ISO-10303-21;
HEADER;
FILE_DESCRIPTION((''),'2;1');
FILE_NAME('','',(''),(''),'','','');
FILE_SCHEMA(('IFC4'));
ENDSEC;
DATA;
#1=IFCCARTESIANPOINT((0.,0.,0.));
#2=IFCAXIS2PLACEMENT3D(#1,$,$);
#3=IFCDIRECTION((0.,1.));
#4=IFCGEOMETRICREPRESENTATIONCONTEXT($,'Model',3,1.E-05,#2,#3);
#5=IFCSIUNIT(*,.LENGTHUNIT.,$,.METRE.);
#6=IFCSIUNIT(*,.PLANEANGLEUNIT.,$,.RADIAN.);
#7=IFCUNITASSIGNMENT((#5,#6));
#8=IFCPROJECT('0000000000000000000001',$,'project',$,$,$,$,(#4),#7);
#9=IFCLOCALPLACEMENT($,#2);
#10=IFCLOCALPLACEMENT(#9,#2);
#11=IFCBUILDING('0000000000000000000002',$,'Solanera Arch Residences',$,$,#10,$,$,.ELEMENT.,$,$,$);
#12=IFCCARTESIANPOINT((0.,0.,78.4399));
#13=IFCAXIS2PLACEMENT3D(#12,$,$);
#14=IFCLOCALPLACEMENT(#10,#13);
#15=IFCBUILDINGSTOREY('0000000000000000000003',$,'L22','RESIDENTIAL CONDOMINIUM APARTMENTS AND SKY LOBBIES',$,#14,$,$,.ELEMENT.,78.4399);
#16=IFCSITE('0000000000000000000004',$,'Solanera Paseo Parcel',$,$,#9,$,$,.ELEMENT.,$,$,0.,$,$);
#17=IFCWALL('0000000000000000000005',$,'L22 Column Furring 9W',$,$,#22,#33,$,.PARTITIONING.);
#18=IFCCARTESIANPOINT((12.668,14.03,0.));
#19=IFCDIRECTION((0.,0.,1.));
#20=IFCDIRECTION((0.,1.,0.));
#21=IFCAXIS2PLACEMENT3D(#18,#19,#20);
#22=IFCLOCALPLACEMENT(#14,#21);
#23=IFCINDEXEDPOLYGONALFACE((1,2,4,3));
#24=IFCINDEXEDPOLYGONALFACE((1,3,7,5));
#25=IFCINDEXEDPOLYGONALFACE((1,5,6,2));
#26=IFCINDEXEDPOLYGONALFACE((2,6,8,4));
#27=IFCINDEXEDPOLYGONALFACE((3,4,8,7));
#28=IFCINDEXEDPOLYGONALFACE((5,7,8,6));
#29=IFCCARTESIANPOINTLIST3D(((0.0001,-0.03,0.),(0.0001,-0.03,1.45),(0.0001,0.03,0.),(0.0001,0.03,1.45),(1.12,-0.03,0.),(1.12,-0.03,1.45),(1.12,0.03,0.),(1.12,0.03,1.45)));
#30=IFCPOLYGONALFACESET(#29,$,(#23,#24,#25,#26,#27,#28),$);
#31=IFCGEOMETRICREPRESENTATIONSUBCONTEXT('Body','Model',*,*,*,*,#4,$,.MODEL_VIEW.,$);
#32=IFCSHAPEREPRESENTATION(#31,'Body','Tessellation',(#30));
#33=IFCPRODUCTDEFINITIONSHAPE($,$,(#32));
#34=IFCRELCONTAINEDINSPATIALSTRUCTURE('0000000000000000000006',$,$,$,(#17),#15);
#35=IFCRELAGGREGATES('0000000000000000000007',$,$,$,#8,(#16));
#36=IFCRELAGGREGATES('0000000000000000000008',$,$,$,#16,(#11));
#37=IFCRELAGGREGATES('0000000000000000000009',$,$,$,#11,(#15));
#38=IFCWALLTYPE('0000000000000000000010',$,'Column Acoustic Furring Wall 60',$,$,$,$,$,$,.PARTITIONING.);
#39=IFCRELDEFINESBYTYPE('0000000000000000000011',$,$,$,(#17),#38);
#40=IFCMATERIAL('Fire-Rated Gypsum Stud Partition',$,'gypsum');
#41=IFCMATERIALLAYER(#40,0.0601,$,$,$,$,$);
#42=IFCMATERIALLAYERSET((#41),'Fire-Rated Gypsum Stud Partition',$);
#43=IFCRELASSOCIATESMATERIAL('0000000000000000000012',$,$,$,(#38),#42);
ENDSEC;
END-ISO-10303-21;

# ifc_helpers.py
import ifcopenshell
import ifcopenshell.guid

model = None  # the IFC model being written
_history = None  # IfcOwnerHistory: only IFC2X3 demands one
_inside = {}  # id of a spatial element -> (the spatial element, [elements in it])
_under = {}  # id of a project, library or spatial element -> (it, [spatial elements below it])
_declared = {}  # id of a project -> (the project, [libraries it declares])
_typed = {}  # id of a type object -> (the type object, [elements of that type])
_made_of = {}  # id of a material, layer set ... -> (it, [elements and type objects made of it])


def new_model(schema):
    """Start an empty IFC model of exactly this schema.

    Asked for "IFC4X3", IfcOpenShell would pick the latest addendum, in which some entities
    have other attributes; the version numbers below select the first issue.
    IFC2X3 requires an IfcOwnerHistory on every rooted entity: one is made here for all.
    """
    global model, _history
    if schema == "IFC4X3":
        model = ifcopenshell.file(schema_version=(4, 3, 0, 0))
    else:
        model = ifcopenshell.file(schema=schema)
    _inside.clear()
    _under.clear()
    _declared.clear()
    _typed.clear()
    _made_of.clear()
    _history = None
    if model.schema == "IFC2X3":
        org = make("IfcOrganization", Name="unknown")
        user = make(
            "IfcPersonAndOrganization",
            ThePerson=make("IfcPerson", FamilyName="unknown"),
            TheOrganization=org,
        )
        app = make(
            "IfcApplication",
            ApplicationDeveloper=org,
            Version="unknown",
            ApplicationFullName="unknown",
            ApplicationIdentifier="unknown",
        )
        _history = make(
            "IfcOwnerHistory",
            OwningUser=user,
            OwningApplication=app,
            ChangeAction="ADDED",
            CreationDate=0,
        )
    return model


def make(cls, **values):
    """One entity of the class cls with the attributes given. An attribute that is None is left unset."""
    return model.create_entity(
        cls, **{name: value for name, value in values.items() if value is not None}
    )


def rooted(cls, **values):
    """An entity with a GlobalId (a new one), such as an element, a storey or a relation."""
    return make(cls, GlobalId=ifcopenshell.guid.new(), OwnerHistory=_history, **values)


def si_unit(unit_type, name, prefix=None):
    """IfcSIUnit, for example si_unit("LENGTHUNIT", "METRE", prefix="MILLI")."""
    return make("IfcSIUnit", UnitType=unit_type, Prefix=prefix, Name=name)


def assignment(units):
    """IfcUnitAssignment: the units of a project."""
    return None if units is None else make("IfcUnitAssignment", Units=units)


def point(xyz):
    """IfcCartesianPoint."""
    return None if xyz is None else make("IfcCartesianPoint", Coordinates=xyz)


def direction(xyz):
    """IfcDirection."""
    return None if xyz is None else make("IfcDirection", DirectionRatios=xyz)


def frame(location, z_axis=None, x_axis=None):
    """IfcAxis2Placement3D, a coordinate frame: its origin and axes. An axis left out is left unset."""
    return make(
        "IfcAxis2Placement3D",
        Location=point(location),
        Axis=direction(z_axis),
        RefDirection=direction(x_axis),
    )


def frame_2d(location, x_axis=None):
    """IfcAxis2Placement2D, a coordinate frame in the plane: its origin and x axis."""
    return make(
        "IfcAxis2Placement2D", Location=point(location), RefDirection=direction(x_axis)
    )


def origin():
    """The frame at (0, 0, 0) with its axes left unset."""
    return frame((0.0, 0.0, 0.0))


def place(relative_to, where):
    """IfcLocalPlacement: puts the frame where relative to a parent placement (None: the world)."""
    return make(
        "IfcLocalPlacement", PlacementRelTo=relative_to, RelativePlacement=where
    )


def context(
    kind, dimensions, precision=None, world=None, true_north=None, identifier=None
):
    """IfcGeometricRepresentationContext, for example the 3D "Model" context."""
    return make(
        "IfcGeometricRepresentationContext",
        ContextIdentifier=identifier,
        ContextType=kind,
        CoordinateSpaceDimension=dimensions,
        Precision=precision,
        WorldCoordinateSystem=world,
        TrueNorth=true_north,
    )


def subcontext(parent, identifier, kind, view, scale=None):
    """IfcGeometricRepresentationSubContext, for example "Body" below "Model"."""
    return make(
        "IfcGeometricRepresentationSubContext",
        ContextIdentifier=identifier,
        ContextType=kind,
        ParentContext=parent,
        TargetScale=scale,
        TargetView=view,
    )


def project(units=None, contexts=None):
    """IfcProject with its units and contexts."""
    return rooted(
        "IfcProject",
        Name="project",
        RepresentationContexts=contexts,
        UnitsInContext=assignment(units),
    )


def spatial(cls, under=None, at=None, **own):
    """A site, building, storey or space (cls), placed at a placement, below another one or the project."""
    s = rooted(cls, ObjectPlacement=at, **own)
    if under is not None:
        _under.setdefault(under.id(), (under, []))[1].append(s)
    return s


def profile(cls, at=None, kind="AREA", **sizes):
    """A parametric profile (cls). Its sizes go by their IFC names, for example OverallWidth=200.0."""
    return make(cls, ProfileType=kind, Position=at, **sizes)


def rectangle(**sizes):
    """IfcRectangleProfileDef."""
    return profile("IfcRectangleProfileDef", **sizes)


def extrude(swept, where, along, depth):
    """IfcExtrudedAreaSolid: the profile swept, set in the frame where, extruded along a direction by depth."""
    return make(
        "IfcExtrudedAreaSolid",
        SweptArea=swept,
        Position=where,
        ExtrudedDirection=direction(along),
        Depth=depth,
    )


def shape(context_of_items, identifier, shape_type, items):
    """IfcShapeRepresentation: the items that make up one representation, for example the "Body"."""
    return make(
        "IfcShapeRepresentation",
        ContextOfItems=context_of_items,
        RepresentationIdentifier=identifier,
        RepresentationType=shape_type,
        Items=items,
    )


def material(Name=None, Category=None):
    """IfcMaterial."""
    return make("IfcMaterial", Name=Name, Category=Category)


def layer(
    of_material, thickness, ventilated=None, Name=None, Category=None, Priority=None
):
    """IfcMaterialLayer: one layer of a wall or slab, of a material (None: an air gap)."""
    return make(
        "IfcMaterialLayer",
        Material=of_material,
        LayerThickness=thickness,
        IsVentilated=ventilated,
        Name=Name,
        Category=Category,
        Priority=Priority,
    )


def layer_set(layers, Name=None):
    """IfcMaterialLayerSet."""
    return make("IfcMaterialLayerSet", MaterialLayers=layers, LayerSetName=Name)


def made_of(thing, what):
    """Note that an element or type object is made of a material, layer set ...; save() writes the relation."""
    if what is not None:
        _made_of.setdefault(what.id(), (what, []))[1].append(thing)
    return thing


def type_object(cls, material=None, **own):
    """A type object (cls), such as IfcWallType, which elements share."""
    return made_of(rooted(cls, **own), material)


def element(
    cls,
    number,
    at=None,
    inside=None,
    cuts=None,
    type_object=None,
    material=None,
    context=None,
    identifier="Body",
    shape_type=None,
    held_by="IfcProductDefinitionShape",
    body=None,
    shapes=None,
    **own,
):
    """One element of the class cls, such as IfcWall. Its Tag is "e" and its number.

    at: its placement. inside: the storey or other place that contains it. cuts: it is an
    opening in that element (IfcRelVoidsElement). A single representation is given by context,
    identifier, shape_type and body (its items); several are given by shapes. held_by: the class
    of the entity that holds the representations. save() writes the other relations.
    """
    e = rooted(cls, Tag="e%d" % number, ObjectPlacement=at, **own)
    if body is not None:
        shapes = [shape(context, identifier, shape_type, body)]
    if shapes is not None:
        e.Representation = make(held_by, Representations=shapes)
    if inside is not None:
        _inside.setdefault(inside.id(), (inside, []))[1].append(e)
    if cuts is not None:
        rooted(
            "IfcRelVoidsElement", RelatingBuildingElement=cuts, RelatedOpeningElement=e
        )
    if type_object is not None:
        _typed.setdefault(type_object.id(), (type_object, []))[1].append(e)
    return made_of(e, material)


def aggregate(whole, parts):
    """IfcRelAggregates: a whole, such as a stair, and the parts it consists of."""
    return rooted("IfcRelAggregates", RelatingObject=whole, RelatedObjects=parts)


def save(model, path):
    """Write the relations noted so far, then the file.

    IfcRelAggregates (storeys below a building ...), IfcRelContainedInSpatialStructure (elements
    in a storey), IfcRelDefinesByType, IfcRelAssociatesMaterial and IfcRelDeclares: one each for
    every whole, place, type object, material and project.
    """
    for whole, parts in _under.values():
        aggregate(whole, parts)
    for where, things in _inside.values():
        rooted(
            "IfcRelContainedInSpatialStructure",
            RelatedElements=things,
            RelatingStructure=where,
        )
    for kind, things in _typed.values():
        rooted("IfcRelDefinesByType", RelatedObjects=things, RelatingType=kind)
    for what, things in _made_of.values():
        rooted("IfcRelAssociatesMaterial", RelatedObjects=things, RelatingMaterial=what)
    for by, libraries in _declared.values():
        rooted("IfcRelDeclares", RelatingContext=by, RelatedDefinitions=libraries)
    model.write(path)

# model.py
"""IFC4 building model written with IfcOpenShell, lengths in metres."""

from ifc_helpers import new_model, si_unit, direction, frame, frame_2d, origin, place, context, subcontext, project, spatial, rectangle, extrude, material, layer, layer_set, type_object, element, save


model = new_model("IFC4")

# Units and contexts
model_context = context("Model", 3, precision=1e-05, world=origin(), true_north=direction((0.0, 1.0)))
body_context = subcontext(model_context, "Body", "Model", "MODEL_VIEW")
ifc_project = project(units=[si_unit("LENGTHUNIT", "METRE"), si_unit("PLANEANGLEUNIT", "RADIAN")], contexts=[model_context])

# Site, building, storey
site_placement = place(None, origin())
site = spatial("IfcSite", under=ifc_project, at=site_placement, Name="Solanera Paseo Parcel", CompositionType="ELEMENT", RefElevation=0.0)
building_placement = place(site_placement, origin())
building = spatial("IfcBuilding", under=site, at=building_placement, Name="Solanera Arch Residences", CompositionType="ELEMENT")
storey_placement = place(building_placement, frame((0.0, 0.0, 78.4399)))
storey = spatial("IfcBuildingStorey", under=building, at=storey_placement, Name="L22", Description="RESIDENTIAL CONDOMINIUM APARTMENTS AND SKY LOBBIES", CompositionType="ELEMENT", Elevation=78.4399)

# Wall
ifc_material_1 = material(Name="Fire-Rated Gypsum Stud Partition", Category="gypsum")
ifc_layer_1 = layer(ifc_material_1, 0.0601)
ifc_layer_set_1 = layer_set([ifc_layer_1], Name="Fire-Rated Gypsum Stud Partition")
wall_type_1 = type_object("IfcWallType", Name="Column Acoustic Furring Wall 60", PredefinedType="PARTITIONING", material=ifc_layer_set_1)
wall_1_placement = place(storey_placement, frame((12.668, 14.03, 0.0), z_axis=(0.0, 0.0, 1.0), x_axis=(0.0, 1.0, 0.0)))
element("IfcWall", 1, at=wall_1_placement, inside=storey, type_object=wall_type_1, Name="L22 Column Furring 9W", PredefinedType="PARTITIONING", context=body_context, shape_type="SweptSolid", body=[
    extrude(rectangle(XDim=1.1199, YDim=0.0601, at=frame_2d((0.5601, 0.0))), origin(), (0.0, 0.0, 1.0), 1.45),
])

save(model, "model.ifc")
